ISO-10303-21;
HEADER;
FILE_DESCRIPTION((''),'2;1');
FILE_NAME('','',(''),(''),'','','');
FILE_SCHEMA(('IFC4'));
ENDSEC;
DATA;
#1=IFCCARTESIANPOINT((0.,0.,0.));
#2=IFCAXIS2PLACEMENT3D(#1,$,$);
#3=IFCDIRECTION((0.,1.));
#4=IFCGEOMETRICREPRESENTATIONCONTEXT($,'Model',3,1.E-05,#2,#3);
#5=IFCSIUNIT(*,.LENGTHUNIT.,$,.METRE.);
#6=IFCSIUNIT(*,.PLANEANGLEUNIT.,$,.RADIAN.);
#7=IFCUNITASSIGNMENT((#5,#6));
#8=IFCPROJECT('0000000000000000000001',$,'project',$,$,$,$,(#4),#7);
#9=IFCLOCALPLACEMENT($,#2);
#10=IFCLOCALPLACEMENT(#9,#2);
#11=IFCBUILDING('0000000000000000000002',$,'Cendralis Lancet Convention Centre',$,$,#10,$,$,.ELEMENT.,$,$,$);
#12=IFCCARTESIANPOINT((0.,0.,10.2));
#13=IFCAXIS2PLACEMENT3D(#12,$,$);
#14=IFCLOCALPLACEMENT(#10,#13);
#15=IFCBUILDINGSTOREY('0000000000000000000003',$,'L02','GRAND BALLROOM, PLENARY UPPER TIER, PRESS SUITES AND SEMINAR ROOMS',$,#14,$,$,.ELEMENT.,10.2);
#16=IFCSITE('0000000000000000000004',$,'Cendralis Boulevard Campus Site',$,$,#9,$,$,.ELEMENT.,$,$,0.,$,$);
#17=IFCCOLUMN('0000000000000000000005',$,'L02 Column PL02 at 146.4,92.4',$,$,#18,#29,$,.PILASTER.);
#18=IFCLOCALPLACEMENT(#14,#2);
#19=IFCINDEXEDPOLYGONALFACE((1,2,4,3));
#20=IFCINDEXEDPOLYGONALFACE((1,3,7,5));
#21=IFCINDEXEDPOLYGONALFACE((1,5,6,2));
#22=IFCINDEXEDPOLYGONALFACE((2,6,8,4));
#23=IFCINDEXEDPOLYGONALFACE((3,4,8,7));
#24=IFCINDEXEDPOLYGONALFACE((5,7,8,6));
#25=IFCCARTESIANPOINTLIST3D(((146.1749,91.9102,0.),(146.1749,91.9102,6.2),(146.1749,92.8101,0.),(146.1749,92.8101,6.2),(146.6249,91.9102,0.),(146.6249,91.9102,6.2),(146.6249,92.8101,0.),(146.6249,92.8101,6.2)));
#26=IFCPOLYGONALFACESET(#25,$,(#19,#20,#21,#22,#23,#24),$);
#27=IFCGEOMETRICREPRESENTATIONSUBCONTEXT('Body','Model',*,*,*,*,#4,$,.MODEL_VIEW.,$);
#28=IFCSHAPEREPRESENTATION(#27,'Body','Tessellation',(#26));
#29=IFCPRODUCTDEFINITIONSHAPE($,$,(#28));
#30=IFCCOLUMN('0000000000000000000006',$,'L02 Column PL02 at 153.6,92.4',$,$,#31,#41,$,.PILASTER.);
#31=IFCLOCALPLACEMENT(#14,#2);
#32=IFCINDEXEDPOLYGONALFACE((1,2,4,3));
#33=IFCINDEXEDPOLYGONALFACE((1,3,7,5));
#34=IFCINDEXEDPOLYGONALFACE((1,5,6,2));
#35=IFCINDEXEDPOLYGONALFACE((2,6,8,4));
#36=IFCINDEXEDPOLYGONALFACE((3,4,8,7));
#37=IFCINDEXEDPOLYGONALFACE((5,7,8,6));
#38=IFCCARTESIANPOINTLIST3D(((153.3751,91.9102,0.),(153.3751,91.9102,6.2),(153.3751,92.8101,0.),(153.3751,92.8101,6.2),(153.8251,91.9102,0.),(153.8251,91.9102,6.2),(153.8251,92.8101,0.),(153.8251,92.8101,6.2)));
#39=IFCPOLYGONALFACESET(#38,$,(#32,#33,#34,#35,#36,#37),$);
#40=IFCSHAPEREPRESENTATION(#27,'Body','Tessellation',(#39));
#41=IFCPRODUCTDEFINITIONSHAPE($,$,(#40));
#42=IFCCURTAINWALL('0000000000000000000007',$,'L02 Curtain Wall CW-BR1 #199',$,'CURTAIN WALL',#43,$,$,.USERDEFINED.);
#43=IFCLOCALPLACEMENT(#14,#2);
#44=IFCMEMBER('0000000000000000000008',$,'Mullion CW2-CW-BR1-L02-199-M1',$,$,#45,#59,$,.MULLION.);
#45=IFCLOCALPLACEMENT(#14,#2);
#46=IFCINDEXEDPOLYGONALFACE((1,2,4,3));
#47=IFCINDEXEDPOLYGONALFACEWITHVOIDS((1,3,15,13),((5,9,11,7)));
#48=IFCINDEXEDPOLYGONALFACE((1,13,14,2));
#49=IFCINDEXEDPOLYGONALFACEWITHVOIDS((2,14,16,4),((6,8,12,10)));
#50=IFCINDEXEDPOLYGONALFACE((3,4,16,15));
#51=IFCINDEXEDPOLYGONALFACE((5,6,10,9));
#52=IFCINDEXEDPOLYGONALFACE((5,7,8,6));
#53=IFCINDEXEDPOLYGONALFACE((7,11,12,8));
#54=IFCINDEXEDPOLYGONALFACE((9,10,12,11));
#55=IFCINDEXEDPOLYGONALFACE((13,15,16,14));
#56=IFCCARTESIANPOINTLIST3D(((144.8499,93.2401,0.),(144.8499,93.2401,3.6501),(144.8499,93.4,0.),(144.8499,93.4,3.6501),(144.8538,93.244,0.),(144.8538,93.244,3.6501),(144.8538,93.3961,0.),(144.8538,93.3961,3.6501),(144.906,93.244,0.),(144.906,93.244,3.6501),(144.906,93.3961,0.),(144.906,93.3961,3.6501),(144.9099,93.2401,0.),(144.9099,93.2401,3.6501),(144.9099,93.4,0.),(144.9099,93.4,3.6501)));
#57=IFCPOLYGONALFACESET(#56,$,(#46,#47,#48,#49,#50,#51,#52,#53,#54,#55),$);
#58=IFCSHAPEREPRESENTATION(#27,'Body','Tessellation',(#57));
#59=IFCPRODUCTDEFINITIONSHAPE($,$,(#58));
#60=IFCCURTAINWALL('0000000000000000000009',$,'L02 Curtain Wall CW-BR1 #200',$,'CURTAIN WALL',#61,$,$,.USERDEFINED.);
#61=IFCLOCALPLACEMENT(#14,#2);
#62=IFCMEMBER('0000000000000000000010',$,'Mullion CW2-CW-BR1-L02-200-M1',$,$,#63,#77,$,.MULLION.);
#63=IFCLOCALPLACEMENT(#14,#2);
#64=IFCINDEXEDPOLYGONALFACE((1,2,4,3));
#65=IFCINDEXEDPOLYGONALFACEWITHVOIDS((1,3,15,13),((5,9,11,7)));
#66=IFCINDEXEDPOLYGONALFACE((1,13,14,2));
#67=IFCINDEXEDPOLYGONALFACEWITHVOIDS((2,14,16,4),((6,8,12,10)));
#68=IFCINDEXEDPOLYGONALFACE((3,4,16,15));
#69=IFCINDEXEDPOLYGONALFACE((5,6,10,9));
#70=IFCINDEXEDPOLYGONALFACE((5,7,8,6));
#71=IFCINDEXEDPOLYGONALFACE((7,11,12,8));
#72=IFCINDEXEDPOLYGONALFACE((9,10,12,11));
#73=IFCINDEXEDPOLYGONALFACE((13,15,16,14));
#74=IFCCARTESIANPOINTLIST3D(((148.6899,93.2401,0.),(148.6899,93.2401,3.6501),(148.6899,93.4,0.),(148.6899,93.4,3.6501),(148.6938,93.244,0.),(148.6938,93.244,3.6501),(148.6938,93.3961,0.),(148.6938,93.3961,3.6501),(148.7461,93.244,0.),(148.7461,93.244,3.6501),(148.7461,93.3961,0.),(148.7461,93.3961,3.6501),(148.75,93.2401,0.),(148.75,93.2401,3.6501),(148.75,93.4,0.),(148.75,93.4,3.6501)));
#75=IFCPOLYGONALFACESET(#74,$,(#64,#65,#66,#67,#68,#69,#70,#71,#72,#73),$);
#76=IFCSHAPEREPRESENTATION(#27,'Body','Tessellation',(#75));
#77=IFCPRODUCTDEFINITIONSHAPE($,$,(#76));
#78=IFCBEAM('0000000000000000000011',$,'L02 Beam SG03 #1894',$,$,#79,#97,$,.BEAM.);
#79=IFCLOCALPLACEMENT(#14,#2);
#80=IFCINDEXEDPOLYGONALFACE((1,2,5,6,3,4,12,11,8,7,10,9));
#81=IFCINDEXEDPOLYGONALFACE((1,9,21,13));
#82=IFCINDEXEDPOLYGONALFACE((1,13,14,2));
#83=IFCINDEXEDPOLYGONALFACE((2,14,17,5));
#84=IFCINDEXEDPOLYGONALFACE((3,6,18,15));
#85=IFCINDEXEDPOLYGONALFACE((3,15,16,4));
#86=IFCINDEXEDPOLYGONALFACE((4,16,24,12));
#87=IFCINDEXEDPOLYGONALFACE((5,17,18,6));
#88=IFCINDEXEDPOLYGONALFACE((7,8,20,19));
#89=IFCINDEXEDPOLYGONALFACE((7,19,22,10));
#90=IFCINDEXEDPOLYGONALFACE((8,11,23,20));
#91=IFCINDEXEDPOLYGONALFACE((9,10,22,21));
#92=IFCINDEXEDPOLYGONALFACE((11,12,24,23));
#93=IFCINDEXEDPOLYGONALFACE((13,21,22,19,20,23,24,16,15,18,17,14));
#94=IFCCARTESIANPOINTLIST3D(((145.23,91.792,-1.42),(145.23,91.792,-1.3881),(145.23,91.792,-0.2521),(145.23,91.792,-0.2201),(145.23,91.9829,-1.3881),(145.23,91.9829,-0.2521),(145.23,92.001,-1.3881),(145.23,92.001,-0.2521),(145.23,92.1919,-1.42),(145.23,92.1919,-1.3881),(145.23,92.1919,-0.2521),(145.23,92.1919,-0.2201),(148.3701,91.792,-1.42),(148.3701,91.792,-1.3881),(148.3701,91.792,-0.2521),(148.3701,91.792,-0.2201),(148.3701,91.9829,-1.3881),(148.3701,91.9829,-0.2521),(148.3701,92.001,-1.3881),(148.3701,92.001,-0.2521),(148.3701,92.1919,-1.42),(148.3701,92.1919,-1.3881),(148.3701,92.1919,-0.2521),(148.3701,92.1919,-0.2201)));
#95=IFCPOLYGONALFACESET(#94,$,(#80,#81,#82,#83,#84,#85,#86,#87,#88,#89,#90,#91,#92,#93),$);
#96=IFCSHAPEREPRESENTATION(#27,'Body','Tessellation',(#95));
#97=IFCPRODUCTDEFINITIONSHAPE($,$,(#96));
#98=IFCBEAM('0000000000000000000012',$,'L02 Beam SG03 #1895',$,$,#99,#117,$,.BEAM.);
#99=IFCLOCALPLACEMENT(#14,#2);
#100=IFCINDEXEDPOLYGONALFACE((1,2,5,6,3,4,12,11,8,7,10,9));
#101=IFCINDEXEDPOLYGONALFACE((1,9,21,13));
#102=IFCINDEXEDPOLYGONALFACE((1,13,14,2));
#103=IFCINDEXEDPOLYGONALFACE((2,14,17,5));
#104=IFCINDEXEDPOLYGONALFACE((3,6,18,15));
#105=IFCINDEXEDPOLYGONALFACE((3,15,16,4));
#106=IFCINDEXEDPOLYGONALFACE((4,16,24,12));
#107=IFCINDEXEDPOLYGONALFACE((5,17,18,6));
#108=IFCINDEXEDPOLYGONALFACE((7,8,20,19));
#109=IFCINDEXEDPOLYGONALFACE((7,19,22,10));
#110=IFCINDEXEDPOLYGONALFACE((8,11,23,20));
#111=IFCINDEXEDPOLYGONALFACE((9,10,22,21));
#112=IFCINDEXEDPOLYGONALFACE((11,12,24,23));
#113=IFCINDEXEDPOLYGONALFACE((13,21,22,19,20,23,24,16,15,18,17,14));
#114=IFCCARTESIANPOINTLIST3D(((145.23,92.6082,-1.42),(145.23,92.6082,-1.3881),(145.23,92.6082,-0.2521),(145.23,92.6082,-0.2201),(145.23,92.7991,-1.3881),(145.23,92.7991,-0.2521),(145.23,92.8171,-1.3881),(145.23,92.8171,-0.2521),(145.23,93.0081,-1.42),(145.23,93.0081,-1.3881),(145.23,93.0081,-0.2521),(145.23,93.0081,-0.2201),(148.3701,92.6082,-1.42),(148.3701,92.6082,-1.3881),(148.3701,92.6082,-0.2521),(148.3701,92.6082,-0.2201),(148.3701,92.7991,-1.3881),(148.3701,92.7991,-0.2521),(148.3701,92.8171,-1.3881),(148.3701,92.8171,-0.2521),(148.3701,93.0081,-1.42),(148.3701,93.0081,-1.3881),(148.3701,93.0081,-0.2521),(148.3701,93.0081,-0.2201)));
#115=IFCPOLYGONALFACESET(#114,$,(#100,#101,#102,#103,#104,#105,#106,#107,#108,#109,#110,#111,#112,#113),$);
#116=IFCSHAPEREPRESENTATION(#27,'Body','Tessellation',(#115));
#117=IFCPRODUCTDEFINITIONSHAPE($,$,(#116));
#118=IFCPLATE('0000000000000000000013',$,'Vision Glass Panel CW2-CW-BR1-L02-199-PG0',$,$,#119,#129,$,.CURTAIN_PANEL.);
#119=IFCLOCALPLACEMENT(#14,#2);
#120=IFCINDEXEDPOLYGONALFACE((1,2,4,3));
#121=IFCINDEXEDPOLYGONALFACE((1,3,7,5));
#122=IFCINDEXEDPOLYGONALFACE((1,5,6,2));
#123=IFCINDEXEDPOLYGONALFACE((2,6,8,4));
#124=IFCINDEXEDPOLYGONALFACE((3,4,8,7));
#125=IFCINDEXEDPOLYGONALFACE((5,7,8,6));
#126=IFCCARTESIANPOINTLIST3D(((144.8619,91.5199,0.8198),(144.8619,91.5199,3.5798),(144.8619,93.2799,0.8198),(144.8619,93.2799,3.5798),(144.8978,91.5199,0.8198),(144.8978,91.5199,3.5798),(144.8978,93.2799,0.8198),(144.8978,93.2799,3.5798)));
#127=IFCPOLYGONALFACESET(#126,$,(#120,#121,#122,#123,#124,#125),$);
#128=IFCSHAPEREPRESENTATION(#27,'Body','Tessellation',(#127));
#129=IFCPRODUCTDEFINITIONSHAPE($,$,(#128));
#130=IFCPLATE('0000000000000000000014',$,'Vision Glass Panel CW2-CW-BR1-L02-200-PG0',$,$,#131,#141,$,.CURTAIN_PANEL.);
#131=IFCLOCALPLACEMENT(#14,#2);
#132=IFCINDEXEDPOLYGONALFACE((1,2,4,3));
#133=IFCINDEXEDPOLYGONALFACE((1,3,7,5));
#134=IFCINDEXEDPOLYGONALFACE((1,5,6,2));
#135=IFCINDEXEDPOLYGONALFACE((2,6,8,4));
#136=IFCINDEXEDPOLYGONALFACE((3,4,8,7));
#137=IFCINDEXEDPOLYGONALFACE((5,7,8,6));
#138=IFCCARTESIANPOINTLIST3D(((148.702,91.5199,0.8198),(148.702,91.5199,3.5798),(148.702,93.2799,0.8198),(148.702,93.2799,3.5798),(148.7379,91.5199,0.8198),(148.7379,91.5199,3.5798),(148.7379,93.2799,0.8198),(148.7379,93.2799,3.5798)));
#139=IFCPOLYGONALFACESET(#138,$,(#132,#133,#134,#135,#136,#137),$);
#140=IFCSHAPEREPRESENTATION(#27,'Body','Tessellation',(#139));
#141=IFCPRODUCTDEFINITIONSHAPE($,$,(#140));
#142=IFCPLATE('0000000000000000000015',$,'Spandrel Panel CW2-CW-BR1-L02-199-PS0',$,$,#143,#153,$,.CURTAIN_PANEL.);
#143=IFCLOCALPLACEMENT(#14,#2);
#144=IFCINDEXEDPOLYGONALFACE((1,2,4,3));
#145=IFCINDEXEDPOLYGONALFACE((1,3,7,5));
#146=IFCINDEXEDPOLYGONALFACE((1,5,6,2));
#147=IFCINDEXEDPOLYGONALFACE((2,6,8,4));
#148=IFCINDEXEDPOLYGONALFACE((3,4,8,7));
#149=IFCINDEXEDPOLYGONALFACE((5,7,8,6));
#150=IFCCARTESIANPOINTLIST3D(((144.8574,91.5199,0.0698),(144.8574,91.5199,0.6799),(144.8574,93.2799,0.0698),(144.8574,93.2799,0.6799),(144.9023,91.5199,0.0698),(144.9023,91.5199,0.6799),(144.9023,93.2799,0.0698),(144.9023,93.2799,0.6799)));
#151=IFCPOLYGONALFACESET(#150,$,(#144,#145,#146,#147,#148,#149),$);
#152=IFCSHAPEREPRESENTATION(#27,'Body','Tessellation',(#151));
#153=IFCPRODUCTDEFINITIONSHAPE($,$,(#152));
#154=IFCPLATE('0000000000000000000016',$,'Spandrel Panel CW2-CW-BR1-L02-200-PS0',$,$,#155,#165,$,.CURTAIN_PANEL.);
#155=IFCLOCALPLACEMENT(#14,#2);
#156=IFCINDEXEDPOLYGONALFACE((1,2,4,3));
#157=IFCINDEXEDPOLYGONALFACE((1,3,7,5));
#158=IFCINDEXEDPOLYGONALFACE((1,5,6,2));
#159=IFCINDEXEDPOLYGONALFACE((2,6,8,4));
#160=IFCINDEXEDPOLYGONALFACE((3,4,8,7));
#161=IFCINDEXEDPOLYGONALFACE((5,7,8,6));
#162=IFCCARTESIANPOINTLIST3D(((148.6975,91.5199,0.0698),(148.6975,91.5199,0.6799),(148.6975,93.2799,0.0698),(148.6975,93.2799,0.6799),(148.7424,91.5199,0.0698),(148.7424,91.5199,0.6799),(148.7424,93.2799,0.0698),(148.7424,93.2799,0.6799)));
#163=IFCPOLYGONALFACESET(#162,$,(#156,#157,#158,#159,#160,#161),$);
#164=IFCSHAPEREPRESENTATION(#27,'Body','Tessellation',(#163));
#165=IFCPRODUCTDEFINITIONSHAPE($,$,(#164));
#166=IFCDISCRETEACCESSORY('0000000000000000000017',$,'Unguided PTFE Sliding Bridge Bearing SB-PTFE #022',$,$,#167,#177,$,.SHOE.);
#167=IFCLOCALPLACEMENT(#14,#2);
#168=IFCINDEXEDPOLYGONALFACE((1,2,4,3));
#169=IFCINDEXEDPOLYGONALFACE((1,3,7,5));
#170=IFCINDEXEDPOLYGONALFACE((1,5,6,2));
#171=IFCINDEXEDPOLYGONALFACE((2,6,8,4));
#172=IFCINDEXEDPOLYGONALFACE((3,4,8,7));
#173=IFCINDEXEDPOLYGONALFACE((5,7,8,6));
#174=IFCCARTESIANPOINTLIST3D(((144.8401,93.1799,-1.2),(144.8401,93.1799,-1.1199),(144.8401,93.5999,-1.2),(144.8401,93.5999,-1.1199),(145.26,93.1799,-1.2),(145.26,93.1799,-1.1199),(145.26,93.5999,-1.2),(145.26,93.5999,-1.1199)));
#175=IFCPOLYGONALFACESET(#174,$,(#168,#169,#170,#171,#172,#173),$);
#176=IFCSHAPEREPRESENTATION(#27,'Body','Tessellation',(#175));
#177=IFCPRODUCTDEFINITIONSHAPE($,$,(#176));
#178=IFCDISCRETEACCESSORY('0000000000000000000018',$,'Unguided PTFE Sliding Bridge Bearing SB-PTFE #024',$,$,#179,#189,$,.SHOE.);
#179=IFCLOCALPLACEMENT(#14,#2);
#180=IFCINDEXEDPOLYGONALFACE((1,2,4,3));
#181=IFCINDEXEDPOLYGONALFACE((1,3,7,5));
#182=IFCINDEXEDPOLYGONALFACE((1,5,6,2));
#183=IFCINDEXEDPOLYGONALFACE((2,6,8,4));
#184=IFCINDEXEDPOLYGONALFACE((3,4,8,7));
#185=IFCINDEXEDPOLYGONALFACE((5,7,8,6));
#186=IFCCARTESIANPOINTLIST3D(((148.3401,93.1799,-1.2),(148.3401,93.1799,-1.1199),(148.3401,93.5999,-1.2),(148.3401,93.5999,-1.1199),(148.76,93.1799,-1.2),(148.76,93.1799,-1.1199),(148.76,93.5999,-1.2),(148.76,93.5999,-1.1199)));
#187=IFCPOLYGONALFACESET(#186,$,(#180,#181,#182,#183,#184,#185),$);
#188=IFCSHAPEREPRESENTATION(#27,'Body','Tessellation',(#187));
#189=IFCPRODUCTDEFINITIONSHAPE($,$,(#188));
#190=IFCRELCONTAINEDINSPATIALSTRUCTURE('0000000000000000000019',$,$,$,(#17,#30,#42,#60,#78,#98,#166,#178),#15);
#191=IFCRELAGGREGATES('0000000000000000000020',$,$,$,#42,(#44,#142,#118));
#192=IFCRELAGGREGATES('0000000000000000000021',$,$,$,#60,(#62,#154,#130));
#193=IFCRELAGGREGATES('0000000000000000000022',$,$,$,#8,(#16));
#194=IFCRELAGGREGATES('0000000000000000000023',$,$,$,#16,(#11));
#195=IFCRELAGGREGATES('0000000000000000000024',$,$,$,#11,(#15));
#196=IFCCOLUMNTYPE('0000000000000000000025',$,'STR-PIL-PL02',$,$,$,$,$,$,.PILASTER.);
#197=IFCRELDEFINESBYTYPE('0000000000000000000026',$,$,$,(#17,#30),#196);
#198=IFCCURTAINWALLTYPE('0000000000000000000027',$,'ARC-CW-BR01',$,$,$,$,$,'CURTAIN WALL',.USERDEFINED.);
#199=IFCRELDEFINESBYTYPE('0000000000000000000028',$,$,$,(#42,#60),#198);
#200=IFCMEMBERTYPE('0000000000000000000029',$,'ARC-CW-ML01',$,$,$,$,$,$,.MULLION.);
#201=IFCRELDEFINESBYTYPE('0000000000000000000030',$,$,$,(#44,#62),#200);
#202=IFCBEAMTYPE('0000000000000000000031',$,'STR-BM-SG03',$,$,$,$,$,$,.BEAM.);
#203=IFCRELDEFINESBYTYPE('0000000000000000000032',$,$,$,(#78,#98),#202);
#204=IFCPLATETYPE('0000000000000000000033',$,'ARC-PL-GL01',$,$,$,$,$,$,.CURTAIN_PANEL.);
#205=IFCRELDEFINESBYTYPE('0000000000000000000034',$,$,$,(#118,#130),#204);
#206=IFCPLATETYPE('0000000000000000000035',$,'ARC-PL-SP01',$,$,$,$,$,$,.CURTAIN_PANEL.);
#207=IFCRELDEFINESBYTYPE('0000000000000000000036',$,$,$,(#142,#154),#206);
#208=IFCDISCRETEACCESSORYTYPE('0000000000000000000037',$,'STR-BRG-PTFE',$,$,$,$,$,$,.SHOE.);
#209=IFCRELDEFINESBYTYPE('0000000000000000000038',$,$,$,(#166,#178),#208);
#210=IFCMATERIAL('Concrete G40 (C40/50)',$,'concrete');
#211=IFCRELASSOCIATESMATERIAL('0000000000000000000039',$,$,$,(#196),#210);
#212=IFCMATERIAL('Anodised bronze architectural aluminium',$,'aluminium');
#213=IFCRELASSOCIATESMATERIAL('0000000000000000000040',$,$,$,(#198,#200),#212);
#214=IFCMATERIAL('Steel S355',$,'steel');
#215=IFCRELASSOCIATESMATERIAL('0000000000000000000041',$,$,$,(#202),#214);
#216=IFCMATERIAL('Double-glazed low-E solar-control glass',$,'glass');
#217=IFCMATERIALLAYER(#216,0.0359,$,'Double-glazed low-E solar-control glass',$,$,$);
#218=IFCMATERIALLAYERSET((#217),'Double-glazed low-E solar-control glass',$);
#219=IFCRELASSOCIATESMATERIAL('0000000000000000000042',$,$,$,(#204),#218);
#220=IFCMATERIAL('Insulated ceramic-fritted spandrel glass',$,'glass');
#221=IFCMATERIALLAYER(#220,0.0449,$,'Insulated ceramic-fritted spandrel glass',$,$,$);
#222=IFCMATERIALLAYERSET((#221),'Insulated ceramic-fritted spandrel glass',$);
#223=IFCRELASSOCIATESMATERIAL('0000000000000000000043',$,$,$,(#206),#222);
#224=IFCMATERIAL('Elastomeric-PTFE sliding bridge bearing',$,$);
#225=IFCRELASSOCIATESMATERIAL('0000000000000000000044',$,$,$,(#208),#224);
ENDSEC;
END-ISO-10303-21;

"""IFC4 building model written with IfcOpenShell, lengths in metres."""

from ifc_helpers import new_model, si_unit, direction, frame, origin, origin_2d, place, context, subcontext, project, spatial, rectangle, hollow_rectangle, i_section, extrude, material, layer, layer_set, material_profile, profile_set, type_object, element, aggregate, save


model = new_model("IFC4")

# Units and contexts
model_context = context("Model", 3, precision=1e-05, world=origin(), true_north=direction((0.0, 1.0)))
body_context = subcontext(model_context, "Body", "Model", "MODEL_VIEW")
ifc_project = project(units=[si_unit("LENGTHUNIT", "METRE"), si_unit("PLANEANGLEUNIT", "RADIAN")], contexts=[model_context])

# Site, building, storey
site_placement = place(None, origin())
site = spatial("IfcSite", under=ifc_project, at=site_placement, Name="Cendralis Boulevard Campus Site", CompositionType="ELEMENT", RefElevation=0.0)
building_placement = place(site_placement, origin())
building = spatial("IfcBuilding", under=site, at=building_placement, Name="Cendralis Lancet Convention Centre", CompositionType="ELEMENT")
storey_placement = place(building_placement, frame((0.0, 0.0, 10.2)))
storey = spatial("IfcBuildingStorey", under=building, at=storey_placement, Name="L02", Description="GRAND BALLROOM, PLENARY UPPER TIER, PRESS SUITES AND SEMINAR ROOMS", CompositionType="ELEMENT", Elevation=10.2)

# Columns
ifc_material_1 = material(Name="Concrete G40 (C40/50)", Category="concrete")
ifc_material_profile_1 = material_profile(ifc_material_1, rectangle(XDim=0.45, YDim=0.8999, at=origin_2d()), Name="RC 450x900")
ifc_profile_set_1 = profile_set([ifc_material_profile_1], Name="Concrete G40 (C40/50)")
column_type = type_object("IfcColumnType", Name="STR-PIL-PL02", PredefinedType="PILASTER", material=ifc_profile_set_1)
for number, where, z_axis, x_axis, name in (
    (1, (146.3999, 92.3601, 0.0), (0.0, 0.0, 1.0), (1.0, 0.0, 0.0), "L02 Column PL02 at 146.4,92.4"),
    (2, (153.6001, 92.3601, 0.0), (0.0, 0.0, 1.0), (1.0, 0.0, 0.0), "L02 Column PL02 at 153.6,92.4"),
):
    element("IfcColumn", number, at=place(storey_placement, frame(where, z_axis=z_axis, x_axis=x_axis)), inside=storey, type_object=column_type, Name=name, PredefinedType="PILASTER", context=body_context, shape_type="SweptSolid", body=[
        extrude(rectangle(XDim=0.45, YDim=0.8999, at=origin_2d()), origin(), (0.0, 0.0, 1.0), 6.2),
    ])

# Curtain walls, members
ifc_material_2 = material(Name="Anodised bronze architectural aluminium", Category="aluminium")
curtain_wall_type = type_object("IfcCurtainWallType", Name="ARC-CW-BR01", ElementType="CURTAIN WALL", PredefinedType="USERDEFINED", material=ifc_material_2)
curtain_wall_1_placement = place(storey_placement, origin())
curtain_wall_1 = element("IfcCurtainWall", 3, at=curtain_wall_1_placement, inside=storey, type_object=curtain_wall_type, Name="L02 Curtain Wall CW-BR1 #199", ObjectType="CURTAIN WALL", PredefinedType="USERDEFINED")
ifc_material_profile_2 = material_profile(ifc_material_2, hollow_rectangle(XDim=0.0601, YDim=0.1599, WallThickness=0.0039, at=origin_2d()), Name="AL-MULL 60x160x4.0")
ifc_profile_set_2 = profile_set([ifc_material_profile_2], Name="Anodised bronze architectural aluminium")
member_type = type_object("IfcMemberType", Name="ARC-CW-ML01", PredefinedType="MULLION", material=ifc_profile_set_2)
member_1_placement = place(storey_placement, frame((144.8799, 93.3201, 0.0), z_axis=(0.0, 0.0, 1.0), x_axis=(1.0, 0.0, 0.0)))
member_1 = element("IfcMember", 4, at=member_1_placement, type_object=member_type, Name="Mullion CW2-CW-BR1-L02-199-M1", PredefinedType="MULLION", context=body_context, shape_type="SweptSolid", body=[
    extrude(hollow_rectangle(XDim=0.0601, YDim=0.1599, WallThickness=0.0039, at=origin_2d()), origin(), (0.0, 0.0, 1.0), 3.6501),
])
curtain_wall_2_placement = place(storey_placement, origin())
curtain_wall_2 = element("IfcCurtainWall", 5, at=curtain_wall_2_placement, inside=storey, type_object=curtain_wall_type, Name="L02 Curtain Wall CW-BR1 #200", ObjectType="CURTAIN WALL", PredefinedType="USERDEFINED")
member_2_placement = place(storey_placement, frame((148.72, 93.3201, 0.0), z_axis=(0.0, 0.0, 1.0), x_axis=(1.0, 0.0, 0.0)))
member_2 = element("IfcMember", 6, at=member_2_placement, type_object=member_type, Name="Mullion CW2-CW-BR1-L02-200-M1", PredefinedType="MULLION", context=body_context, shape_type="SweptSolid", body=[
    extrude(hollow_rectangle(XDim=0.0601, YDim=0.1599, WallThickness=0.0039, at=origin_2d()), origin(), (0.0, 0.0, 1.0), 3.6501),
])

# Beams
ifc_material_3 = material(Name="Steel S355", Category="steel")
ifc_material_profile_3 = material_profile(ifc_material_3, i_section(OverallWidth=0.3999, OverallDepth=1.2, WebThickness=0.0181, FlangeThickness=0.032, at=origin_2d()), Name="PG 1200x400")
ifc_profile_set_3 = profile_set([ifc_material_profile_3], Name="Steel S355")
beam_type = type_object("IfcBeamType", Name="STR-BM-SG03", PredefinedType="BEAM", material=ifc_profile_set_3)
for number, where, z_axis, x_axis, name in (
    (7, (145.23, 91.9919, -0.8201), (1.0, 0.0, 0.0), (0.0, 1.0, 0.0), "L02 Beam SG03 #1894"),
    (8, (145.23, 92.8081, -0.8201), (1.0, 0.0, 0.0), (0.0, 1.0, 0.0), "L02 Beam SG03 #1895"),
):
    element("IfcBeam", number, at=place(storey_placement, frame(where, z_axis=z_axis, x_axis=x_axis)), inside=storey, type_object=beam_type, Name=name, PredefinedType="BEAM", context=body_context, shape_type="SweptSolid", body=[
        extrude(i_section(OverallWidth=0.3999, OverallDepth=1.2, WebThickness=0.0181, FlangeThickness=0.032, at=origin_2d()), origin(), (0.0, 0.0, 1.0), 3.1401),
    ])

# Plates
ifc_material_4 = material(Name="Double-glazed low-E solar-control glass", Category="glass")
ifc_layer_1 = layer(ifc_material_4, 0.0359, Name="Double-glazed low-E solar-control glass")
ifc_layer_set_1 = layer_set([ifc_layer_1], Name="Double-glazed low-E solar-control glass")
plate_type_1 = type_object("IfcPlateType", Name="ARC-PL-GL01", PredefinedType="CURTAIN_PANEL", material=ifc_layer_set_1)
plate_1_placement = place(storey_placement, frame((144.8799, 92.3999, 0.8198), z_axis=(0.0, 0.0, 1.0), x_axis=(0.0, 1.0, 0.0)))
plate_1 = element("IfcPlate", 9, at=plate_1_placement, type_object=plate_type_1, Name="Vision Glass Panel CW2-CW-BR1-L02-199-PG0", PredefinedType="CURTAIN_PANEL", context=body_context, shape_type="SweptSolid", body=[
    extrude(rectangle(XDim=1.76, YDim=0.0359, at=origin_2d()), origin(), (0.0, 0.0, 1.0), 2.76),
])
plate_2_placement = place(storey_placement, frame((148.72, 92.3999, 0.8198), z_axis=(0.0, 0.0, 1.0), x_axis=(0.0, 1.0, 0.0)))
plate_2 = element("IfcPlate", 10, at=plate_2_placement, type_object=plate_type_1, Name="Vision Glass Panel CW2-CW-BR1-L02-200-PG0", PredefinedType="CURTAIN_PANEL", context=body_context, shape_type="SweptSolid", body=[
    extrude(rectangle(XDim=1.76, YDim=0.0359, at=origin_2d()), origin(), (0.0, 0.0, 1.0), 2.76),
])
ifc_material_5 = material(Name="Insulated ceramic-fritted spandrel glass", Category="glass")
ifc_layer_2 = layer(ifc_material_5, 0.0449, Name="Insulated ceramic-fritted spandrel glass")
ifc_layer_set_2 = layer_set([ifc_layer_2], Name="Insulated ceramic-fritted spandrel glass")
plate_type_2 = type_object("IfcPlateType", Name="ARC-PL-SP01", PredefinedType="CURTAIN_PANEL", material=ifc_layer_set_2)
plate_3_placement = place(storey_placement, frame((144.8799, 92.3999, 0.0698), z_axis=(0.0, 0.0, 1.0), x_axis=(0.0, 1.0, 0.0)))
plate_3 = element("IfcPlate", 11, at=plate_3_placement, type_object=plate_type_2, Name="Spandrel Panel CW2-CW-BR1-L02-199-PS0", PredefinedType="CURTAIN_PANEL", context=body_context, shape_type="SweptSolid", body=[
    extrude(rectangle(XDim=1.76, YDim=0.0449, at=origin_2d()), origin(), (0.0, 0.0, 1.0), 0.6101),
])
aggregate(curtain_wall_1, [member_1, plate_3, plate_1])
plate_4_placement = place(storey_placement, frame((148.72, 92.3999, 0.0698), z_axis=(0.0, 0.0, 1.0), x_axis=(0.0, 1.0, 0.0)))
plate_4 = element("IfcPlate", 12, at=plate_4_placement, type_object=plate_type_2, Name="Spandrel Panel CW2-CW-BR1-L02-200-PS0", PredefinedType="CURTAIN_PANEL", context=body_context, shape_type="SweptSolid", body=[
    extrude(rectangle(XDim=1.76, YDim=0.0449, at=origin_2d()), origin(), (0.0, 0.0, 1.0), 0.6101),
])
aggregate(curtain_wall_2, [member_2, plate_4, plate_2])

# Discrete accessories
ifc_material_6 = material(Name="Elastomeric-PTFE sliding bridge bearing")
discrete_accessory_type = type_object("IfcDiscreteAccessoryType", Name="STR-BRG-PTFE", PredefinedType="SHOE", material=ifc_material_6)
for number, where, z_axis, x_axis, name in (
    (13, (145.05, 93.3899, -1.2), (0.0, 0.0, 1.0), (1.0, 0.0, 0.0), "Unguided PTFE Sliding Bridge Bearing SB-PTFE #022"),
    (14, (148.55, 93.3899, -1.2), (0.0, 0.0, 1.0), (1.0, 0.0, 0.0), "Unguided PTFE Sliding Bridge Bearing SB-PTFE #024"),
):
    element("IfcDiscreteAccessory", number, at=place(storey_placement, frame(where, z_axis=z_axis, x_axis=x_axis)), inside=storey, type_object=discrete_accessory_type, Name=name, PredefinedType="SHOE", context=body_context, shape_type="SweptSolid", body=[
        extrude(rectangle(XDim=0.4199, YDim=0.4199, at=origin_2d()), origin(), (0.0, 0.0, 1.0), 0.0801),
    ])

save(model, "model.ifc")
